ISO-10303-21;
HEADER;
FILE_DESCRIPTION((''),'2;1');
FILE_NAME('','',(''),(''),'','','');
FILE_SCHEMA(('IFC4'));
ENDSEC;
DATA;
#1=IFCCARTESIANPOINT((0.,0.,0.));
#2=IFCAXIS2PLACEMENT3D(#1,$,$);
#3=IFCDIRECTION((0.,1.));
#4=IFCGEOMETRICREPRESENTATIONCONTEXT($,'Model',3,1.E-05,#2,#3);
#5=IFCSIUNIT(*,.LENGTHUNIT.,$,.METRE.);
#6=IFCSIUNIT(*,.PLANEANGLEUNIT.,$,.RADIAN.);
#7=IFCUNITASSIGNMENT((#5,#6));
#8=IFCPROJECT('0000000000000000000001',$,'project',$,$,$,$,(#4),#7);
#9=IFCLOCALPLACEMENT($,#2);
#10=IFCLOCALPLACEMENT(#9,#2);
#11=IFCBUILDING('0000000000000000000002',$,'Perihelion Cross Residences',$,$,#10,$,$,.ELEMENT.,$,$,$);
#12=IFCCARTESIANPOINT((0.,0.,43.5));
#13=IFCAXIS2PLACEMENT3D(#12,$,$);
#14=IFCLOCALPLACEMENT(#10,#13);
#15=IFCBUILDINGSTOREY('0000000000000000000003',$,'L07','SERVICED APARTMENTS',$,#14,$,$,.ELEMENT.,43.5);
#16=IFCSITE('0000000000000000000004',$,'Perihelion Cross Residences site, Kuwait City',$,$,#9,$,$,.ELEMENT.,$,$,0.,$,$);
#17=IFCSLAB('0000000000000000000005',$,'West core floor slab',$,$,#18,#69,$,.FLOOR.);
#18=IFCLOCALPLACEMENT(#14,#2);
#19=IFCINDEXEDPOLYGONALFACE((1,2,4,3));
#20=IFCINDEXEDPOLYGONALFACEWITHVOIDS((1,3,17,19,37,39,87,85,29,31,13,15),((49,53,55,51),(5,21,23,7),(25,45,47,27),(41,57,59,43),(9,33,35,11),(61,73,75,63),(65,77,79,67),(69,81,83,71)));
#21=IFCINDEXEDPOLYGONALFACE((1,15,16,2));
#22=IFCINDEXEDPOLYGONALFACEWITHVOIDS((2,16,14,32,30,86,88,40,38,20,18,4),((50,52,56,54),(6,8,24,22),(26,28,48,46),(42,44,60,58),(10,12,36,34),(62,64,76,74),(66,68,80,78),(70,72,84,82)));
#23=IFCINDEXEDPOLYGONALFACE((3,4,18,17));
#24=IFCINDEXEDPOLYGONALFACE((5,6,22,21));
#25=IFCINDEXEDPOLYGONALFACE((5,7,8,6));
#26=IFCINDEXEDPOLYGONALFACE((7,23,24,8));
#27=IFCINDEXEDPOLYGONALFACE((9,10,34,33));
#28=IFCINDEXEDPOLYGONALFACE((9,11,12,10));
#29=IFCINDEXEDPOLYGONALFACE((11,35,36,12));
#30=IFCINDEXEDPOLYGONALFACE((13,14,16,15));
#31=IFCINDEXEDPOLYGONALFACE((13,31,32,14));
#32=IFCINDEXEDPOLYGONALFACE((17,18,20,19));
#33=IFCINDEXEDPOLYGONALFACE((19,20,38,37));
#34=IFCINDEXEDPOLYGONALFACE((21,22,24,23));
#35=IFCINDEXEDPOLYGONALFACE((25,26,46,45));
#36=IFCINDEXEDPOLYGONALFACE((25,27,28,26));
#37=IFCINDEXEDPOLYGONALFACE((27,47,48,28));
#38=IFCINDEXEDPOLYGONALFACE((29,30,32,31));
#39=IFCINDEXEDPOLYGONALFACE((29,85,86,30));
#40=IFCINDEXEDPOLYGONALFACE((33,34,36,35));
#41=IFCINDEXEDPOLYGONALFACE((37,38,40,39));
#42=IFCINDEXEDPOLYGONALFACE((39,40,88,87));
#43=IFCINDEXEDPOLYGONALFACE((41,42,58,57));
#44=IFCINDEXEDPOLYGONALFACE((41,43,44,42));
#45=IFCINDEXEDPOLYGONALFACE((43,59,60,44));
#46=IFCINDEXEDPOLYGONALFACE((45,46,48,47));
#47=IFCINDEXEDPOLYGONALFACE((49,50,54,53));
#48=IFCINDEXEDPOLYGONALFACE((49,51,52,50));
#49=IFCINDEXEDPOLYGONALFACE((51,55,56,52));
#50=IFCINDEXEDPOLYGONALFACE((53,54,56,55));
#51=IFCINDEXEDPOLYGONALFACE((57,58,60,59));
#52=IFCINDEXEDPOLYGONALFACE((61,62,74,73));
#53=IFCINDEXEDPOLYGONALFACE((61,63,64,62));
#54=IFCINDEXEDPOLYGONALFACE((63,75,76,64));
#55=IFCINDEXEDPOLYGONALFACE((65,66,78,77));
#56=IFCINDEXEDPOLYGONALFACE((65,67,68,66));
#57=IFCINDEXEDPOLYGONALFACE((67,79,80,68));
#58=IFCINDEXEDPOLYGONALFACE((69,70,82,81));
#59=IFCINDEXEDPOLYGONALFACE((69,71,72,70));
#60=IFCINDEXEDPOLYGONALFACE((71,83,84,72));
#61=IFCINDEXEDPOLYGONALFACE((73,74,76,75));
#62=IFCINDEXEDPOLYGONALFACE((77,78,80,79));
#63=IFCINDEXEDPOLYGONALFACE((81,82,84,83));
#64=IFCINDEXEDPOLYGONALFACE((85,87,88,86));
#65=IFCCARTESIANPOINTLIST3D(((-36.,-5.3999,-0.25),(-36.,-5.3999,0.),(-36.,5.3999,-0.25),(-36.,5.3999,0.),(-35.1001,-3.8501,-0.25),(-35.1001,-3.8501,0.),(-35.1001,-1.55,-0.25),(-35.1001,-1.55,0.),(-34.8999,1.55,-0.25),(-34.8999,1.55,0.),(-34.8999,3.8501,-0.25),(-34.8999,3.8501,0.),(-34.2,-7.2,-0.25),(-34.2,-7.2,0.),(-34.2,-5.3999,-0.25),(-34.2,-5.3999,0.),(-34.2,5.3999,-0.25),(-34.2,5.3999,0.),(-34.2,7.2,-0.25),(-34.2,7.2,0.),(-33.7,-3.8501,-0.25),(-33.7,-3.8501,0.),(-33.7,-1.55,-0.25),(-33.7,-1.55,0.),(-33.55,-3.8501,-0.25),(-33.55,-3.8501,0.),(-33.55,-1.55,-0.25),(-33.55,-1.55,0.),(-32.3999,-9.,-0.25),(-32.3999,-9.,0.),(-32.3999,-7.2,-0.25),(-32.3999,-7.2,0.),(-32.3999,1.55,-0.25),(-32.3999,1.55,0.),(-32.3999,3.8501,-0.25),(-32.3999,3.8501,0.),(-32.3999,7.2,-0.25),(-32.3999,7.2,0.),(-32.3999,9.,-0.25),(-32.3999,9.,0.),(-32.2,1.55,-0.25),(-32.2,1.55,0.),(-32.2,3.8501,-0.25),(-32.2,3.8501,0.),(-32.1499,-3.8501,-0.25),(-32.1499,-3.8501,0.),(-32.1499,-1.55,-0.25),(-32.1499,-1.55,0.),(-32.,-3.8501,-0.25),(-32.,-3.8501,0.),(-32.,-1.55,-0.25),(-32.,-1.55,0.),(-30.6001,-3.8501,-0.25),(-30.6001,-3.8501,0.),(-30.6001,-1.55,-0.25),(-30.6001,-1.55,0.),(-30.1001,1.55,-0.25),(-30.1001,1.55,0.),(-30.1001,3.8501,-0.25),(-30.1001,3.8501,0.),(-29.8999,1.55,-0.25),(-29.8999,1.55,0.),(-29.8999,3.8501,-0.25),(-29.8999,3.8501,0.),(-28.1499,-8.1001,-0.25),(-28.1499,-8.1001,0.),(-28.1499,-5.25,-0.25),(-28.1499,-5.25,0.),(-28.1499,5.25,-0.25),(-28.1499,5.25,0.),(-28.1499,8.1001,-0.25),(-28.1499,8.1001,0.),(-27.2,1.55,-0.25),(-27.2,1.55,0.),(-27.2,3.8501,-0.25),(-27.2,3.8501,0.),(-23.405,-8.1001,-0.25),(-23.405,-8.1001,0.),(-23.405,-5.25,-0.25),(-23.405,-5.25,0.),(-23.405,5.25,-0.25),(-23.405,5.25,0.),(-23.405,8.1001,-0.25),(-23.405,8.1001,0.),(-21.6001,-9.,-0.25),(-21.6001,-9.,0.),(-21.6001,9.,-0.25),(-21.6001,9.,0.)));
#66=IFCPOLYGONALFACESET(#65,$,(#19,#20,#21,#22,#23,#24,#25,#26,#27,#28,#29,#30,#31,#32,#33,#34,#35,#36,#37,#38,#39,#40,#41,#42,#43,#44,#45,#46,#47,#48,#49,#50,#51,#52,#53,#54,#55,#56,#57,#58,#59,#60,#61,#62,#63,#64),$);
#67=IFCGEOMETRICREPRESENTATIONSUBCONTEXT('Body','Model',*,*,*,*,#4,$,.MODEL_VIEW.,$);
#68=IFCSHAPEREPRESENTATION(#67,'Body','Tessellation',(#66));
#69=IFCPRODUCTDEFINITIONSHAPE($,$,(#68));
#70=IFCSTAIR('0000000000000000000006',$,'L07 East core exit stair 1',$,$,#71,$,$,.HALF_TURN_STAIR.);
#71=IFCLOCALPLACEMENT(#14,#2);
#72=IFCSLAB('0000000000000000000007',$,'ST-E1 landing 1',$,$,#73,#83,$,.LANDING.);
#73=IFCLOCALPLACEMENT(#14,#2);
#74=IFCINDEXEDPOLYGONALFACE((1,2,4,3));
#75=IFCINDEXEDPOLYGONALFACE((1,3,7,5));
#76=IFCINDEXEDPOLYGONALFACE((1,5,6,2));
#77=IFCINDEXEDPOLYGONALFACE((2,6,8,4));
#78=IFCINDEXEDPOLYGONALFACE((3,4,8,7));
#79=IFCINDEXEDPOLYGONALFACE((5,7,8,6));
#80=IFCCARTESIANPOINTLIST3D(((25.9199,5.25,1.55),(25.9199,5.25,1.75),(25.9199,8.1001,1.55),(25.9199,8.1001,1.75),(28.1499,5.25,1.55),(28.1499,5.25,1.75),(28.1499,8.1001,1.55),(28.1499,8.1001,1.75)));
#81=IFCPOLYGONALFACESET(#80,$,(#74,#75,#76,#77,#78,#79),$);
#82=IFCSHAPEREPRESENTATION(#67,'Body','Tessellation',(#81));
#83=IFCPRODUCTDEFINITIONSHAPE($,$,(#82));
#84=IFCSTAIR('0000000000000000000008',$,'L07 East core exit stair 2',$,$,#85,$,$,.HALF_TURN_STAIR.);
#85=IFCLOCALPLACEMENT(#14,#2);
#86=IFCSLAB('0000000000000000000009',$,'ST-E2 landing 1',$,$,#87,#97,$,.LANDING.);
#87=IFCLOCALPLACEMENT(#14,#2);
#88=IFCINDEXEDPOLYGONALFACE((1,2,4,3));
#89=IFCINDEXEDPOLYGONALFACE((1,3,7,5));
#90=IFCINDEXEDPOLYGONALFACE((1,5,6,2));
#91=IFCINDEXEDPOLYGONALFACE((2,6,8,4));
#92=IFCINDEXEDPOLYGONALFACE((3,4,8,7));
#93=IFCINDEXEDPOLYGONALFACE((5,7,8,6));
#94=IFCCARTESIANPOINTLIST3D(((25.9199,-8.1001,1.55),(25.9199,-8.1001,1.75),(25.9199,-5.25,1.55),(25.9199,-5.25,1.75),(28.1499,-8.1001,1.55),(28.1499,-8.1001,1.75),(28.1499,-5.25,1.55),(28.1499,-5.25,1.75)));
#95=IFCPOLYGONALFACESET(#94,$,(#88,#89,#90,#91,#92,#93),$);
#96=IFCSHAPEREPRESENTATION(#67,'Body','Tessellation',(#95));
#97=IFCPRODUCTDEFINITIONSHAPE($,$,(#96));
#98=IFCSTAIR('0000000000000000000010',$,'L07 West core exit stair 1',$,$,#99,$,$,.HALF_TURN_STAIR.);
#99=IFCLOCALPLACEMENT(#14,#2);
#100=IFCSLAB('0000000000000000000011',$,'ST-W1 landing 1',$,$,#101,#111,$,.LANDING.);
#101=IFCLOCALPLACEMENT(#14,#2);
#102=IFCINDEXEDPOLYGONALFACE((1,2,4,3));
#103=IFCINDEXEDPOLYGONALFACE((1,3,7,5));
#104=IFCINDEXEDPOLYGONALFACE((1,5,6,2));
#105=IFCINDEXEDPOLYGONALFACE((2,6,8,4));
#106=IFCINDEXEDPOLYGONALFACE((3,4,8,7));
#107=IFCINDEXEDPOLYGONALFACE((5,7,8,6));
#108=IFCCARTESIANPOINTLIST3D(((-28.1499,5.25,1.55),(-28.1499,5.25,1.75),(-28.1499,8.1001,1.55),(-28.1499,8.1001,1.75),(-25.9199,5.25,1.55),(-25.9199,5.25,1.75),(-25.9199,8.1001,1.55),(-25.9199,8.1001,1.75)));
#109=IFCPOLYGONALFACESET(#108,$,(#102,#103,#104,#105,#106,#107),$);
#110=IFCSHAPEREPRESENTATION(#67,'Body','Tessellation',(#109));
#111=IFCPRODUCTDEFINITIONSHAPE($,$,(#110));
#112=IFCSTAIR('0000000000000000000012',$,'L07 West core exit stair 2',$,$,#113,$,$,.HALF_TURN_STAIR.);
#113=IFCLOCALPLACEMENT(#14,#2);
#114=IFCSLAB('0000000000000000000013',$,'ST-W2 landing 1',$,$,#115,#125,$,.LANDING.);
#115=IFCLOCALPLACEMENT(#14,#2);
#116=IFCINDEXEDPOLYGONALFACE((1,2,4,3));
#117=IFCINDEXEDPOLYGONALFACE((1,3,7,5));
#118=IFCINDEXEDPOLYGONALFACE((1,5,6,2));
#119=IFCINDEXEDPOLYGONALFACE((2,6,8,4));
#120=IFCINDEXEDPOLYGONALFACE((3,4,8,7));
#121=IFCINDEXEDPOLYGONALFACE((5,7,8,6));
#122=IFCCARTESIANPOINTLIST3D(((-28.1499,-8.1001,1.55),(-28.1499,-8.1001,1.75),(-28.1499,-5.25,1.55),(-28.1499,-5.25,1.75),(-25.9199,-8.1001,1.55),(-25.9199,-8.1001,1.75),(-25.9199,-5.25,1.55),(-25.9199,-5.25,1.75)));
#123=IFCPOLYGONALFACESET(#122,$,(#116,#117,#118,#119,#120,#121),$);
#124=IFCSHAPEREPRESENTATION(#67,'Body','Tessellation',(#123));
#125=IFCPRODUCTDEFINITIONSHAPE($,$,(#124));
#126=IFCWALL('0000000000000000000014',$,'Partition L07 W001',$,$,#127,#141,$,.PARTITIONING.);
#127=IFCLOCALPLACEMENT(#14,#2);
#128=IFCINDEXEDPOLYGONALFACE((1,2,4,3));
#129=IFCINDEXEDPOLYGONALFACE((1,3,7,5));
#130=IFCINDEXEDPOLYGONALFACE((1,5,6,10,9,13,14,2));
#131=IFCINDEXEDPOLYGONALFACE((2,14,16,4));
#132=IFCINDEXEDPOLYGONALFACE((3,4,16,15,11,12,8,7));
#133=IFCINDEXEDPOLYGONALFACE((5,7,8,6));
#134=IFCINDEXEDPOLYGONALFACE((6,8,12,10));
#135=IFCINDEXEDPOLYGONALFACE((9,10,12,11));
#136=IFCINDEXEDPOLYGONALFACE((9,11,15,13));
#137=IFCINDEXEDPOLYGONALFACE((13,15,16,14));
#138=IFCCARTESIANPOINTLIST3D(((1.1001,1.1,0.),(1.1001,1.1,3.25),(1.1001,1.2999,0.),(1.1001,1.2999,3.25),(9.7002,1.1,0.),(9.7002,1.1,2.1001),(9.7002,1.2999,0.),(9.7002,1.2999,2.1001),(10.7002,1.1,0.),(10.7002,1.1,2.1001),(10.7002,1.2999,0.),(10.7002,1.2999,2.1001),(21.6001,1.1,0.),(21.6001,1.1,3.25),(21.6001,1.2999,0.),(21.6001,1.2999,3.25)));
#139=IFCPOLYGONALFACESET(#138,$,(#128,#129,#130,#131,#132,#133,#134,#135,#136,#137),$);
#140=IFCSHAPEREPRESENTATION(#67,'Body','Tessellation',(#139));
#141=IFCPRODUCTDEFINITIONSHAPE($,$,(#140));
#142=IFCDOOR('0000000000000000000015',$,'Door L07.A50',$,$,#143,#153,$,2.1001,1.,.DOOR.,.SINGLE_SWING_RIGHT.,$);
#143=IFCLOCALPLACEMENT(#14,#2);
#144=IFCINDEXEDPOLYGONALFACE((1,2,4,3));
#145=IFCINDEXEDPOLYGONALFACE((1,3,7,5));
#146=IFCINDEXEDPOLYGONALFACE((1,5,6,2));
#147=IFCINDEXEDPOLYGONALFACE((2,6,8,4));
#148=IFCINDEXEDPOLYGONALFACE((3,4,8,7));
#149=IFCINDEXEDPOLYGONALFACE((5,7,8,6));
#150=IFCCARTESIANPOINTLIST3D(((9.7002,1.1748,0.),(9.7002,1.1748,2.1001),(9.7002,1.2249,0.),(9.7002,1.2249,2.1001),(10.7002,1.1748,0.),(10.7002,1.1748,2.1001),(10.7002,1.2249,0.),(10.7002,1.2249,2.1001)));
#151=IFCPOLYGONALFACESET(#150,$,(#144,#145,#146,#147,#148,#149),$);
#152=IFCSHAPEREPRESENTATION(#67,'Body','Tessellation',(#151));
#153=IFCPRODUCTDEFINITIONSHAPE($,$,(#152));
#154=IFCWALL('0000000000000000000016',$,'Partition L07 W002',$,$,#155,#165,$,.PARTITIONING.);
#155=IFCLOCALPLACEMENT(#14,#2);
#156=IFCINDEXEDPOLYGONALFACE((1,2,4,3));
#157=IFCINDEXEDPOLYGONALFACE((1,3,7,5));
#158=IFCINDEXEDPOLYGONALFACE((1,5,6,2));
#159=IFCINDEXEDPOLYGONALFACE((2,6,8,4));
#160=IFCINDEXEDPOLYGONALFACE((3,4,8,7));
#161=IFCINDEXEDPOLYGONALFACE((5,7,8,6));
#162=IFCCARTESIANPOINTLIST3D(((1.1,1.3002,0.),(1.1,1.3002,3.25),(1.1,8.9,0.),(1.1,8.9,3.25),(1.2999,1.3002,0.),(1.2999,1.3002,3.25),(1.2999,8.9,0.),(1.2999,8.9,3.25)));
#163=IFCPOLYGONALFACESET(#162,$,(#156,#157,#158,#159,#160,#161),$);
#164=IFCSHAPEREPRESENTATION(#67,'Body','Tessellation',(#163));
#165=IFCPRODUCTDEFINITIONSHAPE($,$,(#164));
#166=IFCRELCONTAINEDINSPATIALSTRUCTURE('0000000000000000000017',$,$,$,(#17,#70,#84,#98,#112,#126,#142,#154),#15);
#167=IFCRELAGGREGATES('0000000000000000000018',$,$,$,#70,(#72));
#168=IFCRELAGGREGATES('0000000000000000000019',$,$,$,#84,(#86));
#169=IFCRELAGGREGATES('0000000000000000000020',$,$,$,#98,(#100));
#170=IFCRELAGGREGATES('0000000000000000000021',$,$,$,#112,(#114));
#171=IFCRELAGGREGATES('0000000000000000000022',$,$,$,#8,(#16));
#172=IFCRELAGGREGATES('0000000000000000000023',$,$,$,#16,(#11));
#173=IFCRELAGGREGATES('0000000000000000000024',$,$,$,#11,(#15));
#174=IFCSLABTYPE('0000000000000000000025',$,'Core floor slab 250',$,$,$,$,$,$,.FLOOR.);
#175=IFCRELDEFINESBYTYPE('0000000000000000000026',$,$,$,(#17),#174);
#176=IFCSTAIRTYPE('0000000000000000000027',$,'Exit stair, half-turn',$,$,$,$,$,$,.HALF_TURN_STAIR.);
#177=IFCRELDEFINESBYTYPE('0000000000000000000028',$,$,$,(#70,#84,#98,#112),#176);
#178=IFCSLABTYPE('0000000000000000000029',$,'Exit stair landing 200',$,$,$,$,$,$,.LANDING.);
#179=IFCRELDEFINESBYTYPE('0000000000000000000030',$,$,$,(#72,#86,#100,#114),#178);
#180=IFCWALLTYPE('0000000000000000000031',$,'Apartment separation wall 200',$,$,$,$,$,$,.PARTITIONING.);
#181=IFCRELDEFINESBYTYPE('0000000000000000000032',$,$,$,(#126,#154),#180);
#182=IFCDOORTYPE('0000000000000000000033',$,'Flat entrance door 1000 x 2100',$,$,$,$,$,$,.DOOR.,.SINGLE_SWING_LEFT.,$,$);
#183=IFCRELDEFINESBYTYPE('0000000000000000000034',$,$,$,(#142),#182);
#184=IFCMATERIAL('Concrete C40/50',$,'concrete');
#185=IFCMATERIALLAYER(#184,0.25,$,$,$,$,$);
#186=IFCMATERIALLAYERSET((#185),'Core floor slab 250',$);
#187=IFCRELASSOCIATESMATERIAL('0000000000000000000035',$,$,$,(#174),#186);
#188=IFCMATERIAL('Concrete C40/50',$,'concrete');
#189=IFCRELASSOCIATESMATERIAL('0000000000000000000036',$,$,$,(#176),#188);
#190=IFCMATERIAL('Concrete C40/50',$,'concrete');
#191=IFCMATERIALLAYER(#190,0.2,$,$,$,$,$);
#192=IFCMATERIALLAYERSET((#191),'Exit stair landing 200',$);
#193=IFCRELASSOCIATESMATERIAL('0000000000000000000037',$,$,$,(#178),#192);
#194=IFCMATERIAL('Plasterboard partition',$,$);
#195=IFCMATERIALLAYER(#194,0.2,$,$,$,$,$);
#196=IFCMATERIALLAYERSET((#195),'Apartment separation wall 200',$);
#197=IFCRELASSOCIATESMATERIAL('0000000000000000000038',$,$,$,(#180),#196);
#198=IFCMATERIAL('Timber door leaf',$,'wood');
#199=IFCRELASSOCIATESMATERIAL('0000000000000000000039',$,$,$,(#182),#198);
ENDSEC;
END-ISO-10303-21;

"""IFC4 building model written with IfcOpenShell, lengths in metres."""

from ifc_helpers import new_model, si_unit, direction, frame, frame_2d, origin, place, context, subcontext, project, spatial, polyline, rectangle, outline, extrude, material, layer, layer_set, type_object, element, fill, aggregate, save


model = new_model("IFC4")

# Units and contexts
model_context = context("Model", 3, precision=1e-05, world=origin(), true_north=direction((0.0, 1.0)))
body_context = subcontext(model_context, "Body", "Model", "MODEL_VIEW")
ifc_project = project(units=[si_unit("LENGTHUNIT", "METRE"), si_unit("PLANEANGLEUNIT", "RADIAN")], contexts=[model_context])

# Site, building, storey
site_placement = place(None, origin())
site = spatial("IfcSite", under=ifc_project, at=site_placement, Name="Perihelion Cross Residences site, Kuwait City", CompositionType="ELEMENT", RefElevation=0.0)
building_placement = place(site_placement, origin())
building = spatial("IfcBuilding", under=site, at=building_placement, Name="Perihelion Cross Residences", CompositionType="ELEMENT")
storey_placement = place(building_placement, frame((0.0, 0.0, 43.5)))
storey = spatial("IfcBuildingStorey", under=building, at=storey_placement, Name="L07", Description="SERVICED APARTMENTS", CompositionType="ELEMENT", Elevation=43.5)

# Slab
ifc_material_1 = material(Name="Concrete C40/50", Category="concrete")
ifc_layer_1 = layer(ifc_material_1, 0.25)
ifc_layer_set_1 = layer_set([ifc_layer_1], Name="Core floor slab 250")
slab_type_1 = type_object("IfcSlabType", Name="Core floor slab 250", PredefinedType="FLOOR", material=ifc_layer_set_1)
slab_1_placement = place(storey_placement, frame((0.0, 0.0, -0.25)))
element("IfcSlab", 1, at=slab_1_placement, inside=storey, type_object=slab_type_1, Name="West core floor slab", PredefinedType="FLOOR", context=body_context, shape_type="SweptSolid", body=[
    extrude(outline(polyline([(-32.3999, 7.2), (-34.2, 7.2), (-34.2, 5.3999), (-36.0, 5.3999), (-36.0, -5.3999), (-34.2, -5.3999), (-34.2, -7.2), (-32.3999, -7.2), (-32.3999, -9.0), (-21.6001, -9.0), (-21.6001, 9.0), (-32.3999, 9.0), (-32.3999, 7.2)]), holes=[polyline([(-23.405, -8.1001), (-28.1499, -8.1001), (-28.1499, -5.25), (-23.405, -5.25), (-23.405, -8.1001)]), polyline([(-30.6001, -1.55), (-30.6001, -3.8501), (-32.0, -3.8501), (-32.0, -1.55), (-30.6001, -1.55)]), polyline([(-32.1499, -1.55), (-32.1499, -3.8501), (-33.55, -3.8501), (-33.55, -1.55), (-32.1499, -1.55)]), polyline([(-33.7, -1.55), (-33.7, -3.8501), (-35.1001, -3.8501), (-35.1001, -1.55), (-33.7, -1.55)]), polyline([(-27.2, 3.8501), (-27.2, 1.55), (-29.8999, 1.55), (-29.8999, 3.8501), (-27.2, 3.8501)]), polyline([(-30.1001, 3.8501), (-30.1001, 1.55), (-32.2, 1.55), (-32.2, 3.8501), (-30.1001, 3.8501)]), polyline([(-32.3999, 3.8501), (-32.3999, 1.55), (-34.8999, 1.55), (-34.8999, 3.8501), (-32.3999, 3.8501)]), polyline([(-23.405, 5.25), (-28.1499, 5.25), (-28.1499, 8.1001), (-23.405, 8.1001), (-23.405, 5.25)])]), origin(), (0.0, 0.0, 1.0), 0.25),
])

# Stairs, slabs
ifc_material_2 = material(Name="Concrete C40/50", Category="concrete")
stair_type = type_object("IfcStairType", Name="Exit stair, half-turn", PredefinedType="HALF_TURN_STAIR", material=ifc_material_2)
stair_1_placement = place(storey_placement, origin())
stair_1 = element("IfcStair", 2, at=stair_1_placement, inside=storey, type_object=stair_type, Name="L07 East core exit stair 1", PredefinedType="HALF_TURN_STAIR")
ifc_material_3 = material(Name="Concrete C40/50", Category="concrete")
ifc_layer_2 = layer(ifc_material_3, 0.2)
ifc_layer_set_2 = layer_set([ifc_layer_2], Name="Exit stair landing 200")
slab_type_2 = type_object("IfcSlabType", Name="Exit stair landing 200", PredefinedType="LANDING", material=ifc_layer_set_2)
slab_2_placement = place(storey_placement, frame((0.0, 0.0, 1.55)))
slab_2 = element("IfcSlab", 3, at=slab_2_placement, type_object=slab_type_2, Name="ST-E1 landing 1", PredefinedType="LANDING", context=body_context, shape_type="SweptSolid", body=[
    extrude(outline(polyline([(25.9199, 5.25), (28.1499, 5.25), (28.1499, 8.1001), (25.9199, 8.1001), (25.9199, 5.25)])), origin(), (0.0, 0.0, 1.0), 0.2),
])
aggregate(stair_1, [slab_2])
stair_2_placement = place(storey_placement, origin())
stair_2 = element("IfcStair", 4, at=stair_2_placement, inside=storey, type_object=stair_type, Name="L07 East core exit stair 2", PredefinedType="HALF_TURN_STAIR")
slab_3_placement = place(storey_placement, frame((0.0, 0.0, 1.55)))
slab_3 = element("IfcSlab", 5, at=slab_3_placement, type_object=slab_type_2, Name="ST-E2 landing 1", PredefinedType="LANDING", context=body_context, shape_type="SweptSolid", body=[
    extrude(outline(polyline([(25.9199, -8.1001), (28.1499, -8.1001), (28.1499, -5.25), (25.9199, -5.25), (25.9199, -8.1001)])), origin(), (0.0, 0.0, 1.0), 0.2),
])
aggregate(stair_2, [slab_3])
stair_3_placement = place(storey_placement, origin())
stair_3 = element("IfcStair", 6, at=stair_3_placement, inside=storey, type_object=stair_type, Name="L07 West core exit stair 1", PredefinedType="HALF_TURN_STAIR")
slab_4_placement = place(storey_placement, frame((0.0, 0.0, 1.55)))
slab_4 = element("IfcSlab", 7, at=slab_4_placement, type_object=slab_type_2, Name="ST-W1 landing 1", PredefinedType="LANDING", context=body_context, shape_type="SweptSolid", body=[
    extrude(outline(polyline([(-25.9199, 8.1001), (-28.1499, 8.1001), (-28.1499, 5.25), (-25.9199, 5.25), (-25.9199, 8.1001)])), origin(), (0.0, 0.0, 1.0), 0.2),
])
aggregate(stair_3, [slab_4])
stair_4_placement = place(storey_placement, origin())
stair_4 = element("IfcStair", 8, at=stair_4_placement, inside=storey, type_object=stair_type, Name="L07 West core exit stair 2", PredefinedType="HALF_TURN_STAIR")
slab_5_placement = place(storey_placement, frame((0.0, 0.0, 1.55)))
slab_5 = element("IfcSlab", 9, at=slab_5_placement, type_object=slab_type_2, Name="ST-W2 landing 1", PredefinedType="LANDING", context=body_context, shape_type="SweptSolid", body=[
    extrude(outline(polyline([(-25.9199, -5.25), (-28.1499, -5.25), (-28.1499, -8.1001), (-25.9199, -8.1001), (-25.9199, -5.25)])), origin(), (0.0, 0.0, 1.0), 0.2),
])
aggregate(stair_4, [slab_5])

# Wall, opening, door
ifc_material_4 = material(Name="Plasterboard partition")
ifc_layer_3 = layer(ifc_material_4, 0.2)
ifc_layer_set_3 = layer_set([ifc_layer_3], Name="Apartment separation wall 200")
wall_type_1 = type_object("IfcWallType", Name="Apartment separation wall 200", PredefinedType="PARTITIONING", material=ifc_layer_set_3)
wall_1_placement = place(storey_placement, frame((1.1001, 1.2, 0.0), z_axis=(0.0, 0.0, 1.0), x_axis=(1.0, 0.0, 0.0)))
wall_1 = element("IfcWall", 10, at=wall_1_placement, inside=storey, type_object=wall_type_1, Name="Partition L07 W001", PredefinedType="PARTITIONING", context=body_context, shape_type="SweptSolid", body=[
    extrude(rectangle(XDim=20.5, YDim=0.2, at=frame_2d((10.25, 0.0))), origin(), (0.0, 0.0, 1.0), 3.25),
])
opening_1_placement = place(wall_1_placement, frame((8.6001, 0.0, 0.0)))
opening_1 = element("IfcOpeningElement", 11, at=opening_1_placement, cuts=wall_1, PredefinedType="OPENING", context=body_context, shape_type="SweptSolid", body=[
    extrude(rectangle(XDim=1.0, YDim=2.1001, at=frame_2d((0.5, 1.05))), frame((0.0, 0.1099, 0.0), z_axis=(0.0, -1.0, 0.0), x_axis=(1.0, 0.0, 0.0)), (0.0, 0.0, 1.0), 0.22),
])
ifc_material_5 = material(Name="Timber door leaf", Category="wood")
door_type_1 = type_object("IfcDoorType", Name="Flat entrance door 1000 x 2100", OperationType="SINGLE_SWING_LEFT", PredefinedType="DOOR", material=ifc_material_5)
door_1_placement = place(opening_1_placement, origin())
door_1 = element("IfcDoor", 12, at=door_1_placement, inside=storey, type_object=door_type_1, Name="Door L07.A50", OperationType="SINGLE_SWING_RIGHT", OverallHeight=2.1001, OverallWidth=1.0, PredefinedType="DOOR", context=body_context, shape_type="SweptSolid", body=[
    extrude(rectangle(XDim=1.0, YDim=2.1001, at=frame_2d((0.5, 1.05))), frame((0.0, 0.0249, 0.0), z_axis=(0.0, -1.0, 0.0), x_axis=(1.0, 0.0, 0.0)), (0.0, 0.0, 1.0), 0.05),
])
fill(opening_1, door_1)

# Wall
wall_2_placement = place(storey_placement, frame((1.2, 8.8999, 0.0), z_axis=(0.0, 0.0, 1.0), x_axis=(0.0, -1.0, 0.0)))
element("IfcWall", 13, at=wall_2_placement, inside=storey, type_object=wall_type_1, Name="Partition L07 W002", PredefinedType="PARTITIONING", context=body_context, shape_type="SweptSolid", body=[
    extrude(rectangle(XDim=7.5999, YDim=0.2, at=frame_2d((3.7998, 0.0))), origin(), (0.0, 0.0, 1.0), 3.25),
])

save(model, "model.ifc")
